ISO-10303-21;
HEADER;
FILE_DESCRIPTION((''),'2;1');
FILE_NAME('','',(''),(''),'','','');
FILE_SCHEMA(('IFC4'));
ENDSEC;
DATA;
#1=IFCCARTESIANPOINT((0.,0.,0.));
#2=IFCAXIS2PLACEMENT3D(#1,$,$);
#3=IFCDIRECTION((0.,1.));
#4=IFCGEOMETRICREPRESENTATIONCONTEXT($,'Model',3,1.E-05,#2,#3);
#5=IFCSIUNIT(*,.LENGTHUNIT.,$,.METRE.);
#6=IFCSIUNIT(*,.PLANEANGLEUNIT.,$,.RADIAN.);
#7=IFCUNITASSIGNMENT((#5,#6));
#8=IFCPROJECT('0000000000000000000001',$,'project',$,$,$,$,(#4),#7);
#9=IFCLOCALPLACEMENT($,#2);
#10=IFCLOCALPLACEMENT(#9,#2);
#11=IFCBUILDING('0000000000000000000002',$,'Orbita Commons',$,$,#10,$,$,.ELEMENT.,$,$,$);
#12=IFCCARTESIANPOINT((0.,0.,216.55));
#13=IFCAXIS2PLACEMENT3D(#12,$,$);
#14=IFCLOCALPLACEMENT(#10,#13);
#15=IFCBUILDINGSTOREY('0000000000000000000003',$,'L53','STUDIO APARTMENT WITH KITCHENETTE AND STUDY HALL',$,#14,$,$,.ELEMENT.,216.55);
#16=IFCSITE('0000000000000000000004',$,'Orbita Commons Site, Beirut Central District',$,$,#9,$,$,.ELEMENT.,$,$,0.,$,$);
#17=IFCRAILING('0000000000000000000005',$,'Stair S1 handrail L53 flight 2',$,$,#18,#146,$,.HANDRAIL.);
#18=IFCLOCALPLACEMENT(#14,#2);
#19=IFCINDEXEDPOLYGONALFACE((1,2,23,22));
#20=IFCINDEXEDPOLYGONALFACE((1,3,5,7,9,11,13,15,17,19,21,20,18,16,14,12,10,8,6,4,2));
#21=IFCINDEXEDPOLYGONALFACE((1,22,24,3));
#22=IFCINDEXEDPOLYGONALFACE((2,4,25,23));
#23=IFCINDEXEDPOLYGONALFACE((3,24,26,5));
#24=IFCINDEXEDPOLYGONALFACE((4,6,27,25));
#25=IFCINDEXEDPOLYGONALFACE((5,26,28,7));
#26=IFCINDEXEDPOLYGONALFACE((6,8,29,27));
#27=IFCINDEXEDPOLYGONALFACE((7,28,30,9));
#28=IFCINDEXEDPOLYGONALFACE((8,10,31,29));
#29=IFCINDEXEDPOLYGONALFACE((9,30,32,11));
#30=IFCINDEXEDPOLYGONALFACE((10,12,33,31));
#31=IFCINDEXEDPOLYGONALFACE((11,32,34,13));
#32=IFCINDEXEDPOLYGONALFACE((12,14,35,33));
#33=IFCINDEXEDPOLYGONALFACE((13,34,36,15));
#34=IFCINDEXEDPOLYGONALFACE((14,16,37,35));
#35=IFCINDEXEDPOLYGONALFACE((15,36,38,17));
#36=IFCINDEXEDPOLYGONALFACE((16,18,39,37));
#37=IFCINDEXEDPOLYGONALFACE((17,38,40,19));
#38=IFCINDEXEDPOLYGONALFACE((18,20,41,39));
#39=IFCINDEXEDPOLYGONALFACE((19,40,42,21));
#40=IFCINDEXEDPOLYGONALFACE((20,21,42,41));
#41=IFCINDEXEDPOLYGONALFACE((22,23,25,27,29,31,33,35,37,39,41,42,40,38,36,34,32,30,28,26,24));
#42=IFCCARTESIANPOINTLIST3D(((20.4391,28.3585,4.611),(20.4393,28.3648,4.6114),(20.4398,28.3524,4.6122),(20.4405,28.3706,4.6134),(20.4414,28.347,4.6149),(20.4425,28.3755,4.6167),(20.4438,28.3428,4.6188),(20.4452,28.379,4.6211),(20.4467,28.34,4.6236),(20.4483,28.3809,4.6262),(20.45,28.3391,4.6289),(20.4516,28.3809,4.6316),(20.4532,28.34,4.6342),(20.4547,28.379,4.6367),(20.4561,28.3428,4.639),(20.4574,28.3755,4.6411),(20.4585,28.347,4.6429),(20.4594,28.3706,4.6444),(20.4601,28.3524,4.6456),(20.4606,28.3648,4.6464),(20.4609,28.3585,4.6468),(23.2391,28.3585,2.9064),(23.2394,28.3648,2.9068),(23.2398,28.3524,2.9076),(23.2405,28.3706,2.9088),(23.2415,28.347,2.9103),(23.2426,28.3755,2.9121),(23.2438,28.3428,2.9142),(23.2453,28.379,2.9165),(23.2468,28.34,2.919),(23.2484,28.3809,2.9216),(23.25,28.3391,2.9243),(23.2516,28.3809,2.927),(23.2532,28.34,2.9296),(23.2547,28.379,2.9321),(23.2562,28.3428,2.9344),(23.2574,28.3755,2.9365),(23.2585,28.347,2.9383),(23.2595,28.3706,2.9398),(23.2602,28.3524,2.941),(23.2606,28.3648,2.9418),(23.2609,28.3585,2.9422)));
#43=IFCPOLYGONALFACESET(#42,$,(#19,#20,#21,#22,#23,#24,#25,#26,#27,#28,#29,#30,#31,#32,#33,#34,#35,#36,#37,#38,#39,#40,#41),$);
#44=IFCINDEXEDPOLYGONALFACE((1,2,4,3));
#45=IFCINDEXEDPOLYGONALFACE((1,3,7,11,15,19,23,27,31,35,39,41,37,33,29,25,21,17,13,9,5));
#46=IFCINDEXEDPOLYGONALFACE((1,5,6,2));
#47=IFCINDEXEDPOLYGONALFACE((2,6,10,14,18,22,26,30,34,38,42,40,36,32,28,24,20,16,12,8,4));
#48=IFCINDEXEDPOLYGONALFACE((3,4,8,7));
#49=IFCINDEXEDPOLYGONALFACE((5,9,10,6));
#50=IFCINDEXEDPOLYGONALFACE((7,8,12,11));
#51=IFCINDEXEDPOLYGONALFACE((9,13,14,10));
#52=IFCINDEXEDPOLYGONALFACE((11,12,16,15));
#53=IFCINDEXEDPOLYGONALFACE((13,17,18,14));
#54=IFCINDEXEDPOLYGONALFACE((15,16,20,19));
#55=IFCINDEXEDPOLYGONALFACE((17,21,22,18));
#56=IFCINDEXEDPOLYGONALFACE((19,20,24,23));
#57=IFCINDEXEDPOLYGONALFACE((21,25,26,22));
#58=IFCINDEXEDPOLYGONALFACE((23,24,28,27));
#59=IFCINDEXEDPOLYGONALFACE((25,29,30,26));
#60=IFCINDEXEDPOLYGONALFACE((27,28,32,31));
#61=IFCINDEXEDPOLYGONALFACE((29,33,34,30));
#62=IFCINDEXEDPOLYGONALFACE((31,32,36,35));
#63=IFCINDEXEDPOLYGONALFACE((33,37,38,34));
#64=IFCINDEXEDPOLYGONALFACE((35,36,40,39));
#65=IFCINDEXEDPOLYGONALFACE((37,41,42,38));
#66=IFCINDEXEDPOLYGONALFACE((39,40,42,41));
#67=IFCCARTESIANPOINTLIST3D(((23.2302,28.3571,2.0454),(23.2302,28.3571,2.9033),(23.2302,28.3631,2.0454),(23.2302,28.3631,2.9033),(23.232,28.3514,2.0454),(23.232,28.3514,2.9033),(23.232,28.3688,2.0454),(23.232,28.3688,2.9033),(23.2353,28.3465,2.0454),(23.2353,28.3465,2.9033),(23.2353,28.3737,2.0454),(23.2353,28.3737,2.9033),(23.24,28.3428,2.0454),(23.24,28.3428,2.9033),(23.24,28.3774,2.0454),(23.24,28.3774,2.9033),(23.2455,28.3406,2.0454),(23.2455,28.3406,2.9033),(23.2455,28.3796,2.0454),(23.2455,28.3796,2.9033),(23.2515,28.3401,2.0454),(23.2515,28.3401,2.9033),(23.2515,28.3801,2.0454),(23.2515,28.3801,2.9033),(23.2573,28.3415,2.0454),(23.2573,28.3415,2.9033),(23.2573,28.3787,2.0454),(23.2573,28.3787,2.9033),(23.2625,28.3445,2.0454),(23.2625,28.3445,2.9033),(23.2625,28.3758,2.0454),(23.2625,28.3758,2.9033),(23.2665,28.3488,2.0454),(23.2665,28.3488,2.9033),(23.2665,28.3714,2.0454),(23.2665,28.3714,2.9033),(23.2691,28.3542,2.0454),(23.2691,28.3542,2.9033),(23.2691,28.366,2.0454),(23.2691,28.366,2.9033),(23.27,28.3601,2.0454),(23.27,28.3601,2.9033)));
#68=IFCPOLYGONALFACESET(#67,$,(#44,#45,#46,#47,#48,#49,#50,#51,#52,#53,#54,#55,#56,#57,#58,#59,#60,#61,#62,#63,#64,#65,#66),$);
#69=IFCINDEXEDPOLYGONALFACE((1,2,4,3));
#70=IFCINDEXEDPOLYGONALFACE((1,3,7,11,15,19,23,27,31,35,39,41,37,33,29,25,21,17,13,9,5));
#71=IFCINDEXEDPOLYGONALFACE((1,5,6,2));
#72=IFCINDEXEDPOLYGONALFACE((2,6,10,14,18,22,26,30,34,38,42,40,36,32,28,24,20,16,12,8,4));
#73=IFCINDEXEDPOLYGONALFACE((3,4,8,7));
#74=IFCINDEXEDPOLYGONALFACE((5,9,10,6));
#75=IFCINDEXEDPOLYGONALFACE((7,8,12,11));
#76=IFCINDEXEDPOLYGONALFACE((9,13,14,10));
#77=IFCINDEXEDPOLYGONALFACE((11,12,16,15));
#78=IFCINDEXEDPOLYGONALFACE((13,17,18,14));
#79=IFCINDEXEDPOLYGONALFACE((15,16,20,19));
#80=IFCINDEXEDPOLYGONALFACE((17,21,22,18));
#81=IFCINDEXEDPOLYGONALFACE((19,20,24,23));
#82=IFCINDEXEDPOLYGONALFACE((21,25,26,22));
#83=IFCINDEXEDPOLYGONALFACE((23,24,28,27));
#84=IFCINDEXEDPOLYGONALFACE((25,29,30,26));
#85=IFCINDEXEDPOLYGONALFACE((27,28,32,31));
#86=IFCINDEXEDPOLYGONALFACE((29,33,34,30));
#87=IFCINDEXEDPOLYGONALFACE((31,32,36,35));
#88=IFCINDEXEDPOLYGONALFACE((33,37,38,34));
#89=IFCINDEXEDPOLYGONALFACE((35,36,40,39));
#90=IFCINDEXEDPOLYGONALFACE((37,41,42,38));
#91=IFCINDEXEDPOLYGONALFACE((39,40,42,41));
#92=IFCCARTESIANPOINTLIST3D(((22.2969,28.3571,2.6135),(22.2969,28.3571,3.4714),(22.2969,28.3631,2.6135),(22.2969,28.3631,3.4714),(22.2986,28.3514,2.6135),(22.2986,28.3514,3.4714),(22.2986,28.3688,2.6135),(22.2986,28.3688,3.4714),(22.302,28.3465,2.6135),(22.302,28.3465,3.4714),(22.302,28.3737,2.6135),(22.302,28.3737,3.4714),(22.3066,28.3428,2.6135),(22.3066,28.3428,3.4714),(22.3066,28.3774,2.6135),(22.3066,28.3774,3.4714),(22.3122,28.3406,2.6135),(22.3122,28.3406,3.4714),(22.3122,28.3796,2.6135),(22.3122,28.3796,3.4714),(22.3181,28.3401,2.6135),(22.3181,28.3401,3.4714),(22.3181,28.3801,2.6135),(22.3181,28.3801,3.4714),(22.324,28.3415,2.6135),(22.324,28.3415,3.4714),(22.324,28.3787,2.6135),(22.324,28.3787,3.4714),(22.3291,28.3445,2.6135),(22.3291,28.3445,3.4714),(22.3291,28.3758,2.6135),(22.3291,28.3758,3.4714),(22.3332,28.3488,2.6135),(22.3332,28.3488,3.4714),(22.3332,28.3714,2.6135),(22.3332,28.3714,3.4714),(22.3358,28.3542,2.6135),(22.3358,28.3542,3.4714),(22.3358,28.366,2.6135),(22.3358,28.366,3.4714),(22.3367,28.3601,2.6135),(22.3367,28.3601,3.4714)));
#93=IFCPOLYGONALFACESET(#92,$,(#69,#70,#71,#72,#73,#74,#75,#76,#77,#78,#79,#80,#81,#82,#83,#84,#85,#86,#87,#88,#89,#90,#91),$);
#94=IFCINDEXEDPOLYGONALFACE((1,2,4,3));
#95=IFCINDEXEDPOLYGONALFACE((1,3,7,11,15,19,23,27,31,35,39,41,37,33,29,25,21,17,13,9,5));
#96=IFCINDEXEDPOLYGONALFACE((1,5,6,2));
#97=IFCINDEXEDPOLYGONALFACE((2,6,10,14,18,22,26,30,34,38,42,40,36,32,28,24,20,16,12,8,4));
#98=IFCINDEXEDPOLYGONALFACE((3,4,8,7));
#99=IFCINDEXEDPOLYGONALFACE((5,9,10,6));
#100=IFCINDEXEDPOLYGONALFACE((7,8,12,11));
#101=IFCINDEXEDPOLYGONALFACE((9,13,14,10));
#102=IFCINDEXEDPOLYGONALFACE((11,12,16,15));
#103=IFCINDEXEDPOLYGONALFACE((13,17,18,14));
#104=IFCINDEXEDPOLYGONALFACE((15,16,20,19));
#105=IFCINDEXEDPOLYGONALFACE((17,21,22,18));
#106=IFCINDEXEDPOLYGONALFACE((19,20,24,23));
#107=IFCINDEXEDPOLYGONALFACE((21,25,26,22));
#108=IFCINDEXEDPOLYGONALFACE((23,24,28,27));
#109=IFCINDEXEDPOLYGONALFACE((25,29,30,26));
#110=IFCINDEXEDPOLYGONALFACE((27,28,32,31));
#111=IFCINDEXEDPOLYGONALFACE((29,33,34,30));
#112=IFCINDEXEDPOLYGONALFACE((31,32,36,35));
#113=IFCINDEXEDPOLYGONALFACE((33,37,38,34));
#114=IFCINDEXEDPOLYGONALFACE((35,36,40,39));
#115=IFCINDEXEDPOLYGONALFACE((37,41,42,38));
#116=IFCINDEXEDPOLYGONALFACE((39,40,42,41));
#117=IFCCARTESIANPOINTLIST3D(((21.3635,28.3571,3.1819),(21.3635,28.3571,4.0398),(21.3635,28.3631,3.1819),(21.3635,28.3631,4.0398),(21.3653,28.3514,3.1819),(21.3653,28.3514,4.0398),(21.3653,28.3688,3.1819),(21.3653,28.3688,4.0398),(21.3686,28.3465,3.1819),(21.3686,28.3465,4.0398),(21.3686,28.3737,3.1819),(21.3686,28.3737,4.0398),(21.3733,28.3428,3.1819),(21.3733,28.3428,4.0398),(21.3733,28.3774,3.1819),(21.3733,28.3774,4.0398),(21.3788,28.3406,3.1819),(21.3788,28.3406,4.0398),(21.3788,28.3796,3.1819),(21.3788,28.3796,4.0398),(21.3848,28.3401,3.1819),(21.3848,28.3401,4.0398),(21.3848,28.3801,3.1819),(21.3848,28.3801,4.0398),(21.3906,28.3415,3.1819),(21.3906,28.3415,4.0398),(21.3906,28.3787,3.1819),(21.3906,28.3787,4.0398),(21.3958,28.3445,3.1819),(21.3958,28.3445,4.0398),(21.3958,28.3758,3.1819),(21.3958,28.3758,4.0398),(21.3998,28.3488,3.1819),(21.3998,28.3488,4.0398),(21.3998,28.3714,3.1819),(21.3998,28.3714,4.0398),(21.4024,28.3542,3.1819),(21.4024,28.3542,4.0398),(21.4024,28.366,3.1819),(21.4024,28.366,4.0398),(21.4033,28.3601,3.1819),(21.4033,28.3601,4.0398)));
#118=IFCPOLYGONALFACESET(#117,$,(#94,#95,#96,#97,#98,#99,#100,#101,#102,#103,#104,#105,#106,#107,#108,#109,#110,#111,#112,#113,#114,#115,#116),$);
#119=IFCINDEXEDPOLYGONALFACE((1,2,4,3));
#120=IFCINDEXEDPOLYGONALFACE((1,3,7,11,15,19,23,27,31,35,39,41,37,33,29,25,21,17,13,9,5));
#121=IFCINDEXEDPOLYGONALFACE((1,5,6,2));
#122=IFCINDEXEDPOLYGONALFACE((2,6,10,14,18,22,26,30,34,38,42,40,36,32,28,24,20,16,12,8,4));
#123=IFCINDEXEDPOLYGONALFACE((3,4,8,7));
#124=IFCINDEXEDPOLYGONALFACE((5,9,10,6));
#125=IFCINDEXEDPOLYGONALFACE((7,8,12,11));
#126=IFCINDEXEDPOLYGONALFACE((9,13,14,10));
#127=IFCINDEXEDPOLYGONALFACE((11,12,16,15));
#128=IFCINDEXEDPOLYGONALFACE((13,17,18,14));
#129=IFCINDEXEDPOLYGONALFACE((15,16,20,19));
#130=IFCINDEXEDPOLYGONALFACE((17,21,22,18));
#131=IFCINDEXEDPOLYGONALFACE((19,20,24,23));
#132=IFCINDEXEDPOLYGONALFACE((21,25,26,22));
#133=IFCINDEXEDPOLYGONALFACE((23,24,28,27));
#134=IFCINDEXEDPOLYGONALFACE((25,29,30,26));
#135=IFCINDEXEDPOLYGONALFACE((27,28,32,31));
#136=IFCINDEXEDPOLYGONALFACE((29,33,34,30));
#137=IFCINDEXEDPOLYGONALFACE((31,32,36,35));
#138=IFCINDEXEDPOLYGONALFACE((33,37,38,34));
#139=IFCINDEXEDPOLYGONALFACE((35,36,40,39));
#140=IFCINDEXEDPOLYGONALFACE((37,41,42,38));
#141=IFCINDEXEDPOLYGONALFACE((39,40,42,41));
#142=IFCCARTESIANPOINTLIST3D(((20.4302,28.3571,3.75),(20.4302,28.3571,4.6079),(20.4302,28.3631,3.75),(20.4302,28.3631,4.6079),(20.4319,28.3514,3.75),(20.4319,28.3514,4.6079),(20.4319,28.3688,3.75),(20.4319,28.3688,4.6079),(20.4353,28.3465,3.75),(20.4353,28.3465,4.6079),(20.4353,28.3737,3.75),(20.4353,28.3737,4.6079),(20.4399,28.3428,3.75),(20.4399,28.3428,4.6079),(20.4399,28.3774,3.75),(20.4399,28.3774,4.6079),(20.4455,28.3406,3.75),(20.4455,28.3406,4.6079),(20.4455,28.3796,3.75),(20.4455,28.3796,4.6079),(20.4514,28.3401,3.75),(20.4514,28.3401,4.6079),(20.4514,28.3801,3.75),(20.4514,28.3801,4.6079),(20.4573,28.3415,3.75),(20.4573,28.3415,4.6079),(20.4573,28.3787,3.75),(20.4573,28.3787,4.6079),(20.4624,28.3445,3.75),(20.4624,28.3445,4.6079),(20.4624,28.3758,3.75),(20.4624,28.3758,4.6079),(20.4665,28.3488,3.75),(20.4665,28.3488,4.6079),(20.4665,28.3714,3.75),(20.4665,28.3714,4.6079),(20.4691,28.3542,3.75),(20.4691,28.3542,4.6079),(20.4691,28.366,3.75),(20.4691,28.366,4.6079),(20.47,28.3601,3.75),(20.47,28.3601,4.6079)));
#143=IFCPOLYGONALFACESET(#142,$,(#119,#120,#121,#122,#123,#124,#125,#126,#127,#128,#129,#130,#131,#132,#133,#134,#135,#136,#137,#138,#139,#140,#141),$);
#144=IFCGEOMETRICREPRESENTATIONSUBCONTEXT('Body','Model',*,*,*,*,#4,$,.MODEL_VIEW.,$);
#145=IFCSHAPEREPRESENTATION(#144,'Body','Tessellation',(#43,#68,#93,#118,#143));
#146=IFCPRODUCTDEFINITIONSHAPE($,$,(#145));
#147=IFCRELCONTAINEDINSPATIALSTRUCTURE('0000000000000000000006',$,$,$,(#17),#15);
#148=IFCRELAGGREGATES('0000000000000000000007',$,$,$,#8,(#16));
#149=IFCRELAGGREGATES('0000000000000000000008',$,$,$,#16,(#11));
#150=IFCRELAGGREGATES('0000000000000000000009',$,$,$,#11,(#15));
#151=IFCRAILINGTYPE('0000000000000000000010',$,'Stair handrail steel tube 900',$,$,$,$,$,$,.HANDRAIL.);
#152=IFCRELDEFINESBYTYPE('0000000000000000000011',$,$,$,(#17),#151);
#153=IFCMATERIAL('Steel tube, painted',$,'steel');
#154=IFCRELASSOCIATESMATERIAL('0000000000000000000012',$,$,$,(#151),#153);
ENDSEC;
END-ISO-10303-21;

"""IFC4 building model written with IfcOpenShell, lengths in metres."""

from ifc_helpers import new_model, si_unit, direction, frame, origin, origin_2d, place, context, subcontext, project, spatial, circle, extrude, material, type_object, element, save


model = new_model("IFC4")

# Units and contexts
model_context = context("Model", 3, precision=1e-05, world=origin(), true_north=direction((0.0, 1.0)))
body_context = subcontext(model_context, "Body", "Model", "MODEL_VIEW")
ifc_project = project(units=[si_unit("LENGTHUNIT", "METRE"), si_unit("PLANEANGLEUNIT", "RADIAN")], contexts=[model_context])

# Site, building, storey
site_placement = place(None, origin())
site = spatial("IfcSite", under=ifc_project, at=site_placement, Name="Orbita Commons Site, Beirut Central District", CompositionType="ELEMENT", RefElevation=0.0)
building_placement = place(site_placement, origin())
building = spatial("IfcBuilding", under=site, at=building_placement, Name="Orbita Commons", CompositionType="ELEMENT")
storey_placement = place(building_placement, frame((0.0, 0.0, 216.55)))
storey = spatial("IfcBuildingStorey", under=building, at=storey_placement, Name="L53", Description="STUDIO APARTMENT WITH KITCHENETTE AND STUDY HALL", CompositionType="ELEMENT", Elevation=216.55)

# Railing
ifc_material_1 = material(Name="Steel tube, painted", Category="steel")
railing_type = type_object("IfcRailingType", Name="Stair handrail steel tube 900", PredefinedType="HANDRAIL", material=ifc_material_1)
for number, where, name in (
    (1, (23.25, 28.3601, 2.0454), "Stair S1 handrail L53 flight 2"),
):
    element("IfcRailing", number, at=place(storey_placement, frame(where)), inside=storey, type_object=railing_type, Name=name, PredefinedType="HANDRAIL", context=body_context, shape_type="SweptSolid", body=[
        extrude(circle(Radius=0.021, at=origin_2d()), frame((0.0, 0.0, 0.8789), z_axis=(-0.85417, 0.0, 0.519994), x_axis=(0.0, -1.0, 0.0)), (0.0, 0.0, 1.0), 3.2781),
        extrude(circle(Radius=0.02, at=origin_2d()), origin(), (0.0, 0.0, 1.0), 0.8579),
        extrude(circle(Radius=0.02, at=origin_2d()), frame((-0.9333, 0.0, 0.5681)), (0.0, 0.0, 1.0), 0.8579),
        extrude(circle(Radius=0.02, at=origin_2d()), frame((-1.8667, 0.0, 1.1365)), (0.0, 0.0, 1.0), 0.8579),
        extrude(circle(Radius=0.02, at=origin_2d()), frame((-2.8, 0.0, 1.7046)), (0.0, 0.0, 1.0), 0.8579),
    ])

save(model, "model.ifc")
